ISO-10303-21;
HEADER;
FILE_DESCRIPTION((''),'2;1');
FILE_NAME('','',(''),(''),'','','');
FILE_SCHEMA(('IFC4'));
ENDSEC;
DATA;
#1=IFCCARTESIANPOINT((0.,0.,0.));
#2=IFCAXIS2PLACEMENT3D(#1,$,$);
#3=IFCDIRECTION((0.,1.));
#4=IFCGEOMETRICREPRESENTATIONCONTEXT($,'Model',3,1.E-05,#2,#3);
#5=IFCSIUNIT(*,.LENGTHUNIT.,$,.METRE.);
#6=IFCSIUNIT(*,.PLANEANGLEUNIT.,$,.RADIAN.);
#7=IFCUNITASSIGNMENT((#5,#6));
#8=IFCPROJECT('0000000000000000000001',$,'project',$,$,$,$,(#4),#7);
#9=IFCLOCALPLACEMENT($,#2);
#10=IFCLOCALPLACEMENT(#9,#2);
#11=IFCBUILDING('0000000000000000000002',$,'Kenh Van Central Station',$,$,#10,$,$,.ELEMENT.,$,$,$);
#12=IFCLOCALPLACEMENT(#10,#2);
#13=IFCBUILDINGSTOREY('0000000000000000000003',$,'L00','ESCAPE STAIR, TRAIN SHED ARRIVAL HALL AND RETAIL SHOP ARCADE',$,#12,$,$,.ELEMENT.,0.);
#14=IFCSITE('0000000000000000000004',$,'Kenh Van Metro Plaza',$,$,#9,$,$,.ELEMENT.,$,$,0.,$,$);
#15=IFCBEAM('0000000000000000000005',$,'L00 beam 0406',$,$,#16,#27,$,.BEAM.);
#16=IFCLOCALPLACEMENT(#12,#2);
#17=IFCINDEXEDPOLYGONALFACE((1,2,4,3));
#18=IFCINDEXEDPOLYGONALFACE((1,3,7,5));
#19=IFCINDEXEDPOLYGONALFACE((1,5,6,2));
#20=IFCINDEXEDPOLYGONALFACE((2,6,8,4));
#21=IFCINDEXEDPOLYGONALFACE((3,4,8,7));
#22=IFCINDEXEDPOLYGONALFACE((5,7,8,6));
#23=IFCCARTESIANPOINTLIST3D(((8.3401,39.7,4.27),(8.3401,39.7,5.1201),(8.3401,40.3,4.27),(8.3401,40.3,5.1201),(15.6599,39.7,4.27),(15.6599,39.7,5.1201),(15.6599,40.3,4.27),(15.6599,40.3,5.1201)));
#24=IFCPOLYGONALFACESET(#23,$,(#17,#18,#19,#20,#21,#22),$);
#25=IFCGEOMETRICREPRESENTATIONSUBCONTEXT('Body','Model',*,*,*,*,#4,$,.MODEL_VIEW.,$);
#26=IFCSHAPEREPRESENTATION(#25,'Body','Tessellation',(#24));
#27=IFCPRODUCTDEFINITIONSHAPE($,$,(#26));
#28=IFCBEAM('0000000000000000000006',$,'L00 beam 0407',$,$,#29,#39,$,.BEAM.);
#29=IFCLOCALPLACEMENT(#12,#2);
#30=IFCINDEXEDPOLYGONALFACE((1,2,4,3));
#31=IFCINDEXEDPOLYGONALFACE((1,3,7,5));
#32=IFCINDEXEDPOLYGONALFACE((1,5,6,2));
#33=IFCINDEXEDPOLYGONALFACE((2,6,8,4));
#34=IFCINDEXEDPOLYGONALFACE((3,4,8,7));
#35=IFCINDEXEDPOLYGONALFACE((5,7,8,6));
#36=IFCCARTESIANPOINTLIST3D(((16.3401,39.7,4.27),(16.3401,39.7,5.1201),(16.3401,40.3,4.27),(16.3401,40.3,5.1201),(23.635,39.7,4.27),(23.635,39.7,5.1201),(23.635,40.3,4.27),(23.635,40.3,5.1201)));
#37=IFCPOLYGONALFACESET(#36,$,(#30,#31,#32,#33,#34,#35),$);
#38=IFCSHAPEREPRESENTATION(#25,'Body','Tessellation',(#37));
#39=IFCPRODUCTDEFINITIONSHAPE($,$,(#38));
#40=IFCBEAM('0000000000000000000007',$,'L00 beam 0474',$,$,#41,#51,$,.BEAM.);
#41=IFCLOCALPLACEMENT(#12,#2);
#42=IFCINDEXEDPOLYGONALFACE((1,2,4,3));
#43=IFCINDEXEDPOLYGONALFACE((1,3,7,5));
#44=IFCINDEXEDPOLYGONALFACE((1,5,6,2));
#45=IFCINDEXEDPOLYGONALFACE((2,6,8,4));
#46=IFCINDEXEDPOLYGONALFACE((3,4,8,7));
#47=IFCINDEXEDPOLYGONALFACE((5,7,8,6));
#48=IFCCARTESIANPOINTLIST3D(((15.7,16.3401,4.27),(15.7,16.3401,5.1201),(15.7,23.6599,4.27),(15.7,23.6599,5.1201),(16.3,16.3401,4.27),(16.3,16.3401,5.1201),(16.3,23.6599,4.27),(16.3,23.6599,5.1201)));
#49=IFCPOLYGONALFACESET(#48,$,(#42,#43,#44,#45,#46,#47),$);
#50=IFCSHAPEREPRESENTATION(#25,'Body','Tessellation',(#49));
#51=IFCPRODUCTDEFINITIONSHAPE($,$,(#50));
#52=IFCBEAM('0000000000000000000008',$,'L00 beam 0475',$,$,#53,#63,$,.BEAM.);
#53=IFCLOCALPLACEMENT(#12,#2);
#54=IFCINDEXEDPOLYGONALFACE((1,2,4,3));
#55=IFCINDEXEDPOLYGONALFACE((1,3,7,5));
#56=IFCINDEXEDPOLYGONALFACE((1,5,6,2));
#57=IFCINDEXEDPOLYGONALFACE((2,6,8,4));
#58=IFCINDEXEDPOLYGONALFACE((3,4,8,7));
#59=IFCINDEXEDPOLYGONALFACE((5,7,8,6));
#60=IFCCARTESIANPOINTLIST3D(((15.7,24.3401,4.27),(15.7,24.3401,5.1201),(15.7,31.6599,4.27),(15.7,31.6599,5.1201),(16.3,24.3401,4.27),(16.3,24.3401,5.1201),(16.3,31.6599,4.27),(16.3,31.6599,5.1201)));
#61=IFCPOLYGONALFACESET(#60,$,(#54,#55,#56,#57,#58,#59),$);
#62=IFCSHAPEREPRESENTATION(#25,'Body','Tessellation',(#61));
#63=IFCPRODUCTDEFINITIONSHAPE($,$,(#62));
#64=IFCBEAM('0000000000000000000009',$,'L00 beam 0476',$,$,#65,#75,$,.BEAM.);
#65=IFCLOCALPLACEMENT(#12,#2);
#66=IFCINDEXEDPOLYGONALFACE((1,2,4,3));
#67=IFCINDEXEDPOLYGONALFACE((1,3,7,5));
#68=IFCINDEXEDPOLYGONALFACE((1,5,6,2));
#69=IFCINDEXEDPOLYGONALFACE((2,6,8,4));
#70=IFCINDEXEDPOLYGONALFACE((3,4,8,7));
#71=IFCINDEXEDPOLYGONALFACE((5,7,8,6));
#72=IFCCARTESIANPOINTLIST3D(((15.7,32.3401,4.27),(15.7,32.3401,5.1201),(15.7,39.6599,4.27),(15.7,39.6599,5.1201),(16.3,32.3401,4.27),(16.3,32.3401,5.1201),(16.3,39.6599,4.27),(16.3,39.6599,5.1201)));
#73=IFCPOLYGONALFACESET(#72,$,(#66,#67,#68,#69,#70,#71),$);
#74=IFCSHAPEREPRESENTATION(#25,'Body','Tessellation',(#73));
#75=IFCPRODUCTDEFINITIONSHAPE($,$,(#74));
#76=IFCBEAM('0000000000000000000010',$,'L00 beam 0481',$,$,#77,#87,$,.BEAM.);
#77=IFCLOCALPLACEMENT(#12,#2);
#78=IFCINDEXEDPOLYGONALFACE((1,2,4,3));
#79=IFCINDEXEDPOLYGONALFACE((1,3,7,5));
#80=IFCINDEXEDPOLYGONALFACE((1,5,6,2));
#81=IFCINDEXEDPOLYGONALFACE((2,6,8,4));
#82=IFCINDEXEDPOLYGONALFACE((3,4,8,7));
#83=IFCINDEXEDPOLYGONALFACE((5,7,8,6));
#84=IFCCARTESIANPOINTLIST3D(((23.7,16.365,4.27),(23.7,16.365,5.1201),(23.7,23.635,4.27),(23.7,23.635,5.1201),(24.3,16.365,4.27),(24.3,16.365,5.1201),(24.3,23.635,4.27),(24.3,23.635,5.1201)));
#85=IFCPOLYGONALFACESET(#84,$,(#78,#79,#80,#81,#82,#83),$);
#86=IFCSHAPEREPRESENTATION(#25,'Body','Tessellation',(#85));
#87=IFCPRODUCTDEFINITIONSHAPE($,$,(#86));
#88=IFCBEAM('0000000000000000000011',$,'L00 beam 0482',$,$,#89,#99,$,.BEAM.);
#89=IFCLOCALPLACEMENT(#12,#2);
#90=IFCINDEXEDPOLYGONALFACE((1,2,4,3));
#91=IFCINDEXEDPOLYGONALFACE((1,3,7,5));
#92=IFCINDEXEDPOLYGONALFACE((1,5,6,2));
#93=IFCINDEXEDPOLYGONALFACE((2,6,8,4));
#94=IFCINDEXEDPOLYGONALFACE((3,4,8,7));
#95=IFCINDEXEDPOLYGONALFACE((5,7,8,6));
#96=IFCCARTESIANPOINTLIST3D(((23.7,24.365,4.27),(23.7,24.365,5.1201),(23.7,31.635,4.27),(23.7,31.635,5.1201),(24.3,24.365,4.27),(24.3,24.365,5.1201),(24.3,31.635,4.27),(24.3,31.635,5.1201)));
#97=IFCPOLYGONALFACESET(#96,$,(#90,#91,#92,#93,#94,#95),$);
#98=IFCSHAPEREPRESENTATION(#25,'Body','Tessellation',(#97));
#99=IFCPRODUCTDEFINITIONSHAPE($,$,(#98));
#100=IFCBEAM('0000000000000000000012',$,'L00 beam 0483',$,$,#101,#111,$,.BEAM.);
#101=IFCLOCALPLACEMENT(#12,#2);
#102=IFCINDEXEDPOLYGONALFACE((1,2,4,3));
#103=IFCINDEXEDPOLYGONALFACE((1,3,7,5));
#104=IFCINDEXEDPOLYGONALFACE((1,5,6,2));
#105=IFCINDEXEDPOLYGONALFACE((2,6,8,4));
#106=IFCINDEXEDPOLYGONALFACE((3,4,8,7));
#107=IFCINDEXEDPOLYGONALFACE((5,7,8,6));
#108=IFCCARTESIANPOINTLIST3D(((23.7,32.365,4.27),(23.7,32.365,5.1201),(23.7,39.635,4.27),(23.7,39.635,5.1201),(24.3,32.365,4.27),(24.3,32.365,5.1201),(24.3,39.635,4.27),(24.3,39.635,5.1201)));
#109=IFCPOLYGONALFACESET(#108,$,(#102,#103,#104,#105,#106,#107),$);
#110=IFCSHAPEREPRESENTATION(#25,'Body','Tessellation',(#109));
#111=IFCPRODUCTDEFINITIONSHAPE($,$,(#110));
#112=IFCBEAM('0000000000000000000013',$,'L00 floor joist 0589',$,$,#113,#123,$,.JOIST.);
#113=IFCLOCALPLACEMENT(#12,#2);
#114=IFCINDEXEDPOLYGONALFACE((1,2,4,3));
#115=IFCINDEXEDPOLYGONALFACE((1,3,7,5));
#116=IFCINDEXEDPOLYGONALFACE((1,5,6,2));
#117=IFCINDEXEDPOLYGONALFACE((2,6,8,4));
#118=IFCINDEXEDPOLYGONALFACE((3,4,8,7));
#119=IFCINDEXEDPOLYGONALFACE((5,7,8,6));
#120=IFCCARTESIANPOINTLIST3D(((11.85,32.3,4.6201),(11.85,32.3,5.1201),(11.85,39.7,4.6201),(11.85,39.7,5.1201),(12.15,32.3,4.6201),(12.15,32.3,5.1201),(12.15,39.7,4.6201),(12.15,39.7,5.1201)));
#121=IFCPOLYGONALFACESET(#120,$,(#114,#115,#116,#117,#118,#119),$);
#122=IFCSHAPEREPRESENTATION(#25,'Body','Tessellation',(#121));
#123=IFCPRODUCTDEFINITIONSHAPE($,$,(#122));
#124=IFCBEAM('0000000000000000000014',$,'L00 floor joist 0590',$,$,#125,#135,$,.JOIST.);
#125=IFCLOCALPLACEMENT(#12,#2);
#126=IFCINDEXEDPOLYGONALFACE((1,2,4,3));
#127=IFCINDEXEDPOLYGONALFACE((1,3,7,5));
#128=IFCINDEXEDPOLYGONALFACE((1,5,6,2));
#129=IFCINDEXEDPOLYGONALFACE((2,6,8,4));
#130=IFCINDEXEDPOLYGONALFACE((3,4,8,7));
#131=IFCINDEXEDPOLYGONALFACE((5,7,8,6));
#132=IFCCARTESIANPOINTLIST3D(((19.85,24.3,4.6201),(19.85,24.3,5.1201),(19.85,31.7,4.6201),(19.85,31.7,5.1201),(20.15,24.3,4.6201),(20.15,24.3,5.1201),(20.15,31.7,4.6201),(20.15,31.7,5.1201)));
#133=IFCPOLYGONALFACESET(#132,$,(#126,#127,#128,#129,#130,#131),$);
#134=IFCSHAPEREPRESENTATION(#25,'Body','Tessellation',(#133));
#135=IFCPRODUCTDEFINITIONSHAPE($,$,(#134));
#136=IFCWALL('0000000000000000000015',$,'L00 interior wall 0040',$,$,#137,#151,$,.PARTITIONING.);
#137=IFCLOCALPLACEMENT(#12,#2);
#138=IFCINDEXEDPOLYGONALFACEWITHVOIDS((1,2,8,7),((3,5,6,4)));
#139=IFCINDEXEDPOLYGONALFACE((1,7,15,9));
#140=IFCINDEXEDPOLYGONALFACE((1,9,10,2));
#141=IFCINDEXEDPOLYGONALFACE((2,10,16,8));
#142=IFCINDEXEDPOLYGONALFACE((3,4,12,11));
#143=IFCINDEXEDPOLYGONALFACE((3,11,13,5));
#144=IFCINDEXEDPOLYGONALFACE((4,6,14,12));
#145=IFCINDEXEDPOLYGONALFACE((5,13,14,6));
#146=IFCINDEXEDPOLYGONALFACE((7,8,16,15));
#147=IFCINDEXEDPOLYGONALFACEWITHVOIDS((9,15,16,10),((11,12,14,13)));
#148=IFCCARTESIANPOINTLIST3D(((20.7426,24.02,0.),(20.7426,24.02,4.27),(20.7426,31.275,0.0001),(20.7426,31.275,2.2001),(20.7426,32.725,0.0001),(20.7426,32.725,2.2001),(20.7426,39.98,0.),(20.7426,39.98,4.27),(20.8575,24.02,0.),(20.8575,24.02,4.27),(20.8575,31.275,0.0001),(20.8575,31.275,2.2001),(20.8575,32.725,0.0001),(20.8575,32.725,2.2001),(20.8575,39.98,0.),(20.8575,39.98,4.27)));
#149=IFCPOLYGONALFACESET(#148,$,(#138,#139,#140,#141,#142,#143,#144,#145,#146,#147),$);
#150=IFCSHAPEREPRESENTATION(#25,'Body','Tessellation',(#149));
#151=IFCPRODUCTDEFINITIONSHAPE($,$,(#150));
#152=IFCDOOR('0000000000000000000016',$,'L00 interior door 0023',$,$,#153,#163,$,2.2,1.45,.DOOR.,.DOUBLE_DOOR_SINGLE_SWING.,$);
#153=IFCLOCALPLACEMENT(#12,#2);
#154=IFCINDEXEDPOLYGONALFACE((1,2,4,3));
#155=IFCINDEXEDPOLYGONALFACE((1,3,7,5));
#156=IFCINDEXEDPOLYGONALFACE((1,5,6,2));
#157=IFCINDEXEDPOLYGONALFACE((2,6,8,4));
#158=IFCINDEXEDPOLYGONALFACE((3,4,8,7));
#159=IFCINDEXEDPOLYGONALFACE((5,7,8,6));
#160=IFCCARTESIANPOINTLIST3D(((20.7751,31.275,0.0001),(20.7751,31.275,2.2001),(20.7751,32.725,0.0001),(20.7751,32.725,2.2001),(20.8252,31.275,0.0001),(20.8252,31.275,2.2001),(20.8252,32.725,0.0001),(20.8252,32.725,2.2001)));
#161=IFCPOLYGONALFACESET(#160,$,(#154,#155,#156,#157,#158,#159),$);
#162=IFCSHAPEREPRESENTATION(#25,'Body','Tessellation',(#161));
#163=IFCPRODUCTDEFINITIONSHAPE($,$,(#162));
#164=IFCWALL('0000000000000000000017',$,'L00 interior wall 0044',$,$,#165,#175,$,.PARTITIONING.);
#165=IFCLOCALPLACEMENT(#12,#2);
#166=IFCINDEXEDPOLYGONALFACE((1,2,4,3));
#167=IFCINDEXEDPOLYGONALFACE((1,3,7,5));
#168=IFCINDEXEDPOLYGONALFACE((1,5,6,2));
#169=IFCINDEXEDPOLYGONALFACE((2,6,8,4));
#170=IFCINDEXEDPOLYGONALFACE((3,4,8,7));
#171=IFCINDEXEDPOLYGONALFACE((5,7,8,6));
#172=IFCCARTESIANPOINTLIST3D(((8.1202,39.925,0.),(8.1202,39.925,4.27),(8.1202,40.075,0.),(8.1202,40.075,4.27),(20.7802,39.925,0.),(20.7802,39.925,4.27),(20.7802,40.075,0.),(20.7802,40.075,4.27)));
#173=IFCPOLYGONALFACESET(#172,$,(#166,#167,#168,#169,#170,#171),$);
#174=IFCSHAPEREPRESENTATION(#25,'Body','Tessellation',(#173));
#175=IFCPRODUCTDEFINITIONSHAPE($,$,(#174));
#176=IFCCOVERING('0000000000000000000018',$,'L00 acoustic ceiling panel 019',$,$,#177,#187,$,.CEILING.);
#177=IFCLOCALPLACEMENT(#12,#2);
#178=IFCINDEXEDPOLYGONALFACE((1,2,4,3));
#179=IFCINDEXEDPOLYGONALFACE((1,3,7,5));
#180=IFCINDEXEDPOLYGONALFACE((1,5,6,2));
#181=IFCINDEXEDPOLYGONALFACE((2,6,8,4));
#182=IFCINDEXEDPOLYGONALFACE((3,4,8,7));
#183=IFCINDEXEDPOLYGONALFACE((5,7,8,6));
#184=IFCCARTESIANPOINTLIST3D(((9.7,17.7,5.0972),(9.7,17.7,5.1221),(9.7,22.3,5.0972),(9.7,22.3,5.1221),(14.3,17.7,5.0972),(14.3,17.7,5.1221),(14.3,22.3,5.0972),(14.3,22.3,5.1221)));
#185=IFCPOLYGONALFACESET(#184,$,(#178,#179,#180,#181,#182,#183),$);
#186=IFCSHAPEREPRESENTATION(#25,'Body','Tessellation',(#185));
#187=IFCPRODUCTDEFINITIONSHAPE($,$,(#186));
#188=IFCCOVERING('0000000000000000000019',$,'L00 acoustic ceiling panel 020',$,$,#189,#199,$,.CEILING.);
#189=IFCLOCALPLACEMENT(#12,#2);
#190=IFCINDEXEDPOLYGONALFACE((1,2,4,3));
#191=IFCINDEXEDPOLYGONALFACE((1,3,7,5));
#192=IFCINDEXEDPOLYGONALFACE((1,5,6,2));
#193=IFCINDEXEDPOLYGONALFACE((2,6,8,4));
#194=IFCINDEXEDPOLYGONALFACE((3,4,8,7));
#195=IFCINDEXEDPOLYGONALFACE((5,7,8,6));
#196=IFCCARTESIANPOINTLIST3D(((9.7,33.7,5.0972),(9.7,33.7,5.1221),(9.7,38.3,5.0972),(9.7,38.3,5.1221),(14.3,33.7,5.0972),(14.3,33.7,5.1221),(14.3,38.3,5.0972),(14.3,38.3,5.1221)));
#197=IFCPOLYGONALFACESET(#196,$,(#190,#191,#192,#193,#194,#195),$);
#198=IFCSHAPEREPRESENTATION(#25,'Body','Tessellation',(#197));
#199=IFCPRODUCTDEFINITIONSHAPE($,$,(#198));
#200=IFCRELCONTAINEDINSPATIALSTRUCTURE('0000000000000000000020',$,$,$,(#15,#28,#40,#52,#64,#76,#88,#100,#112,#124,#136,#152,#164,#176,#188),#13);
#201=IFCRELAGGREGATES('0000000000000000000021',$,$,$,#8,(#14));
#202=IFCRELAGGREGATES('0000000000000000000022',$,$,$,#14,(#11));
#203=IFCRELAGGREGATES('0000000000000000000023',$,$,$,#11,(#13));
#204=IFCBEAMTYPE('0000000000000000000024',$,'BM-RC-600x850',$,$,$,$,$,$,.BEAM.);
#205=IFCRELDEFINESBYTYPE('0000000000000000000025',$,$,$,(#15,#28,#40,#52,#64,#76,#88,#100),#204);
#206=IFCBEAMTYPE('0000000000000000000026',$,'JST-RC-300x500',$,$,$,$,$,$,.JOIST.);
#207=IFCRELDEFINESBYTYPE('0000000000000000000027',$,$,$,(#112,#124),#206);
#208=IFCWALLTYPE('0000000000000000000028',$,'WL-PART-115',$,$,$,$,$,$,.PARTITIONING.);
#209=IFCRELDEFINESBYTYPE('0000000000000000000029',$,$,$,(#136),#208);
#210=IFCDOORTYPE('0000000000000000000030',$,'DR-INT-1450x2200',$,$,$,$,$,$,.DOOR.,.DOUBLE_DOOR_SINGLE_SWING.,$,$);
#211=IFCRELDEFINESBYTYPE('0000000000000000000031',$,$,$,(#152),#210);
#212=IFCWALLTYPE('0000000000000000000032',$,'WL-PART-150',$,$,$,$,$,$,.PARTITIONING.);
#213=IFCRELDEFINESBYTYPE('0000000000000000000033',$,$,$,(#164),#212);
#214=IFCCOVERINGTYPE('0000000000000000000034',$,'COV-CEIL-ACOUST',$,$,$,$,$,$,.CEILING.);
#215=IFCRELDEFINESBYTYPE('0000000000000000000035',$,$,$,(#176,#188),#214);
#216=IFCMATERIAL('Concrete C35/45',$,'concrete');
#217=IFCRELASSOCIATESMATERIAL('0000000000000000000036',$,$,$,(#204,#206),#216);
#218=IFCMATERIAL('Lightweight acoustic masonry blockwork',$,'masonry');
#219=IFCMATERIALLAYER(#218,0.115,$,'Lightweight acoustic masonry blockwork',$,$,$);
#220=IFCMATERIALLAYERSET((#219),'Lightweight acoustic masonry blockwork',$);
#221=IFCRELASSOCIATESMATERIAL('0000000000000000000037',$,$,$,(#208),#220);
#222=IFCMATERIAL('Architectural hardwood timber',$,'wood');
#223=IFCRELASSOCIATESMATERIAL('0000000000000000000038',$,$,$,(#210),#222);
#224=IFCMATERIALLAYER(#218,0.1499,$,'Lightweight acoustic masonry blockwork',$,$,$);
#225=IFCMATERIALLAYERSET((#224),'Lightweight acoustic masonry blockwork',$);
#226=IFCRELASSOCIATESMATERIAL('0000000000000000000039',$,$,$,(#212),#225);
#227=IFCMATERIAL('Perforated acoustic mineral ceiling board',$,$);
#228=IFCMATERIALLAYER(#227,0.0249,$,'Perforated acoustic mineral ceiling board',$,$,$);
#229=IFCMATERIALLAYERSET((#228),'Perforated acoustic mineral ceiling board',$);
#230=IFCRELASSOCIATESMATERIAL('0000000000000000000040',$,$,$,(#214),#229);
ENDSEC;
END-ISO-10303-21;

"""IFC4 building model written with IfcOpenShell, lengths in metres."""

from ifc_helpers import new_model, si_unit, direction, frame, frame_2d, origin, origin_2d, place, context, subcontext, project, spatial, rectangle, extrude, material, layer, layer_set, material_profile, profile_set, type_object, element, fill, save


model = new_model("IFC4")

# Units and contexts
model_context = context("Model", 3, precision=1e-05, world=origin(), true_north=direction((0.0, 1.0)))
body_context = subcontext(model_context, "Body", "Model", "MODEL_VIEW")
ifc_project = project(units=[si_unit("LENGTHUNIT", "METRE"), si_unit("PLANEANGLEUNIT", "RADIAN")], contexts=[model_context])

# Site, building, storey
site_placement = place(None, origin())
site = spatial("IfcSite", under=ifc_project, at=site_placement, Name="Kenh Van Metro Plaza", CompositionType="ELEMENT", RefElevation=0.0)
building_placement = place(site_placement, origin())
building = spatial("IfcBuilding", under=site, at=building_placement, Name="Kenh Van Central Station", CompositionType="ELEMENT")
storey_placement = place(building_placement, origin())
storey = spatial("IfcBuildingStorey", under=building, at=storey_placement, Name="L00", Description="ESCAPE STAIR, TRAIN SHED ARRIVAL HALL AND RETAIL SHOP ARCADE", CompositionType="ELEMENT", Elevation=0.0)

# Beams
ifc_material_1 = material(Name="Concrete C35/45", Category="concrete")
ifc_material_profile_1 = material_profile(ifc_material_1, rectangle(XDim=0.6001, YDim=0.8501, at=origin_2d()), Name="RC 600x850")
ifc_profile_set_1 = profile_set([ifc_material_profile_1], Name="Concrete C35/45")
beam_type_1 = type_object("IfcBeamType", Name="BM-RC-600x850", PredefinedType="BEAM", material=ifc_profile_set_1)
beam_1_placement = place(storey_placement, frame((8.3401, 40.0, 4.6951), z_axis=(1.0, 0.0, 0.0), x_axis=(0.0, 1.0, 0.0)))
element("IfcBeam", 1, at=beam_1_placement, inside=storey, type_object=beam_type_1, Name="L00 beam 0406", PredefinedType="BEAM", context=body_context, shape_type="SweptSolid", body=[
    extrude(rectangle(XDim=0.6001, YDim=0.8501, at=origin_2d()), origin(), (0.0, 0.0, 1.0), 7.3198),
])
beam_2_placement = place(storey_placement, frame((16.3401, 40.0, 4.6951), z_axis=(1.0, 0.0, 0.0), x_axis=(0.0, 1.0, 0.0)))
element("IfcBeam", 2, at=beam_2_placement, inside=storey, type_object=beam_type_1, Name="L00 beam 0407", PredefinedType="BEAM", context=body_context, shape_type="SweptSolid", body=[
    extrude(rectangle(XDim=0.6001, YDim=0.8501, at=origin_2d()), origin(), (0.0, 0.0, 1.0), 7.2949),
])
for number, where, z_axis, x_axis, name in (
    (3, (16.0, 16.3401, 4.6951), (0.0, 1.0, 0.0), (-1.0, 0.0, 0.0), "L00 beam 0474"),
    (4, (16.0, 24.3401, 4.6951), (0.0, 1.0, 0.0), (-1.0, 0.0, 0.0), "L00 beam 0475"),
    (5, (16.0, 32.3401, 4.6951), (0.0, 1.0, 0.0), (-1.0, 0.0, 0.0), "L00 beam 0476"),
):
    element("IfcBeam", number, at=place(storey_placement, frame(where, z_axis=z_axis, x_axis=x_axis)), inside=storey, type_object=beam_type_1, Name=name, PredefinedType="BEAM", context=body_context, shape_type="SweptSolid", body=[
        extrude(rectangle(XDim=0.6001, YDim=0.8501, at=origin_2d()), origin(), (0.0, 0.0, 1.0), 7.3198),
    ])
for number, where, z_axis, x_axis, name in (
    (6, (24.0, 16.365, 4.6951), (0.0, 1.0, 0.0), (-1.0, 0.0, 0.0), "L00 beam 0481"),
    (7, (24.0, 24.365, 4.6951), (0.0, 1.0, 0.0), (-1.0, 0.0, 0.0), "L00 beam 0482"),
    (8, (24.0, 32.365, 4.6951), (0.0, 1.0, 0.0), (-1.0, 0.0, 0.0), "L00 beam 0483"),
):
    element("IfcBeam", number, at=place(storey_placement, frame(where, z_axis=z_axis, x_axis=x_axis)), inside=storey, type_object=beam_type_1, Name=name, PredefinedType="BEAM", context=body_context, shape_type="SweptSolid", body=[
        extrude(rectangle(XDim=0.6001, YDim=0.8501, at=origin_2d()), origin(), (0.0, 0.0, 1.0), 7.27),
    ])
ifc_material_profile_2 = material_profile(ifc_material_1, rectangle(XDim=0.3, YDim=0.5, at=origin_2d()), Name="RC 300x500")
ifc_profile_set_2 = profile_set([ifc_material_profile_2], Name="Concrete C35/45")
beam_type_2 = type_object("IfcBeamType", Name="JST-RC-300x500", PredefinedType="JOIST", material=ifc_profile_set_2)
for number, where, z_axis, x_axis, name in (
    (9, (12.0, 32.3, 4.8701), (0.0, 1.0, 0.0), (-1.0, 0.0, 0.0), "L00 floor joist 0589"),
    (10, (20.0, 24.3, 4.8701), (0.0, 1.0, 0.0), (-1.0, 0.0, 0.0), "L00 floor joist 0590"),
):
    element("IfcBeam", number, at=place(storey_placement, frame(where, z_axis=z_axis, x_axis=x_axis)), inside=storey, type_object=beam_type_2, Name=name, PredefinedType="JOIST", context=body_context, shape_type="SweptSolid", body=[
        extrude(rectangle(XDim=0.3, YDim=0.5, at=origin_2d()), origin(), (0.0, 0.0, 1.0), 7.3999),
    ])

# Wall, opening, door
ifc_material_2 = material(Name="Lightweight acoustic masonry blockwork", Category="masonry")
ifc_layer_1 = layer(ifc_material_2, 0.115, Name="Lightweight acoustic masonry blockwork")
ifc_layer_set_1 = layer_set([ifc_layer_1], Name="Lightweight acoustic masonry blockwork")
wall_type_1 = type_object("IfcWallType", Name="WL-PART-115", PredefinedType="PARTITIONING", material=ifc_layer_set_1)
wall_1_placement = place(storey_placement, frame((20.8, 24.02, 0.0), z_axis=(0.0, 0.0, 1.0), x_axis=(0.0, 1.0, 0.0)))
wall_1 = element("IfcWall", 11, at=wall_1_placement, inside=storey, type_object=wall_type_1, Name="L00 interior wall 0040", PredefinedType="PARTITIONING", context=body_context, shape_type="SweptSolid", body=[
    extrude(rectangle(XDim=15.96, YDim=0.115, at=frame_2d((7.98, 0.0))), origin(), (0.0, 0.0, 1.0), 4.27),
])
opening_placement = place(wall_1_placement, frame((7.2549, 0.0, 0.0)))
opening = element("IfcOpeningElement", 12, at=opening_placement, cuts=wall_1, PredefinedType="OPENING", context=body_context, shape_type="SweptSolid", body=[
    extrude(rectangle(XDim=1.45, YDim=2.2, at=frame_2d((0.7251, 1.1001))), frame((0.0, 0.0674, 0.0), z_axis=(0.0, -1.0, 0.0), x_axis=(1.0, 0.0, 0.0)), (0.0, 0.0, 1.0), 0.135),
])
ifc_material_3 = material(Name="Architectural hardwood timber", Category="wood")
door_type = type_object("IfcDoorType", Name="DR-INT-1450x2200", OperationType="DOUBLE_DOOR_SINGLE_SWING", PredefinedType="DOOR", material=ifc_material_3)
door_placement = place(opening_placement, origin())
door = element("IfcDoor", 13, at=door_placement, inside=storey, type_object=door_type, Name="L00 interior door 0023", OperationType="DOUBLE_DOOR_SINGLE_SWING", OverallHeight=2.2, OverallWidth=1.45, PredefinedType="DOOR", context=body_context, shape_type="SweptSolid", body=[
    extrude(rectangle(XDim=1.45, YDim=2.2, at=frame_2d((0.7251, 1.1001))), frame((0.0, 0.0249, 0.0), z_axis=(0.0, -1.0, 0.0), x_axis=(1.0, 0.0, 0.0)), (0.0, 0.0, 1.0), 0.05),
])
fill(opening, door)

# Wall
ifc_layer_2 = layer(ifc_material_2, 0.1499, Name="Lightweight acoustic masonry blockwork")
ifc_layer_set_2 = layer_set([ifc_layer_2], Name="Lightweight acoustic masonry blockwork")
wall_type_2 = type_object("IfcWallType", Name="WL-PART-150", PredefinedType="PARTITIONING", material=ifc_layer_set_2)
wall_2_placement = place(storey_placement, frame((8.1201, 40.0, 0.0), z_axis=(0.0, 0.0, 1.0), x_axis=(1.0, 0.0, 0.0)))
element("IfcWall", 14, at=wall_2_placement, inside=storey, type_object=wall_type_2, Name="L00 interior wall 0044", PredefinedType="PARTITIONING", context=body_context, shape_type="SweptSolid", body=[
    extrude(rectangle(XDim=12.6599, YDim=0.1499, at=frame_2d((6.3301, 0.0))), origin(), (0.0, 0.0, 1.0), 4.27),
])

# Coverings
ifc_material_4 = material(Name="Perforated acoustic mineral ceiling board")
ifc_layer_3 = layer(ifc_material_4, 0.0249, Name="Perforated acoustic mineral ceiling board")
ifc_layer_set_3 = layer_set([ifc_layer_3], Name="Perforated acoustic mineral ceiling board")
covering_type_1 = type_object("IfcCoveringType", Name="COV-CEIL-ACOUST", PredefinedType="CEILING", material=ifc_layer_set_3)
for number, where, z_axis, x_axis, name in (
    (15, (12.0, 20.0, 5.0972), (0.0, 0.0, 1.0), (1.0, 0.0, 0.0), "L00 acoustic ceiling panel 019"),
    (16, (12.0, 36.0, 5.0972), (0.0, 0.0, 1.0), (1.0, 0.0, 0.0), "L00 acoustic ceiling panel 020"),
):
    element("IfcCovering", number, at=place(storey_placement, frame(where, z_axis=z_axis, x_axis=x_axis)), inside=storey, type_object=covering_type_1, Name=name, PredefinedType="CEILING", context=body_context, shape_type="SweptSolid", body=[
        extrude(rectangle(XDim=4.6001, YDim=4.6001, at=origin_2d()), origin(), (0.0, 0.0, 1.0), 0.0249),
    ])

save(model, "model.ifc")
